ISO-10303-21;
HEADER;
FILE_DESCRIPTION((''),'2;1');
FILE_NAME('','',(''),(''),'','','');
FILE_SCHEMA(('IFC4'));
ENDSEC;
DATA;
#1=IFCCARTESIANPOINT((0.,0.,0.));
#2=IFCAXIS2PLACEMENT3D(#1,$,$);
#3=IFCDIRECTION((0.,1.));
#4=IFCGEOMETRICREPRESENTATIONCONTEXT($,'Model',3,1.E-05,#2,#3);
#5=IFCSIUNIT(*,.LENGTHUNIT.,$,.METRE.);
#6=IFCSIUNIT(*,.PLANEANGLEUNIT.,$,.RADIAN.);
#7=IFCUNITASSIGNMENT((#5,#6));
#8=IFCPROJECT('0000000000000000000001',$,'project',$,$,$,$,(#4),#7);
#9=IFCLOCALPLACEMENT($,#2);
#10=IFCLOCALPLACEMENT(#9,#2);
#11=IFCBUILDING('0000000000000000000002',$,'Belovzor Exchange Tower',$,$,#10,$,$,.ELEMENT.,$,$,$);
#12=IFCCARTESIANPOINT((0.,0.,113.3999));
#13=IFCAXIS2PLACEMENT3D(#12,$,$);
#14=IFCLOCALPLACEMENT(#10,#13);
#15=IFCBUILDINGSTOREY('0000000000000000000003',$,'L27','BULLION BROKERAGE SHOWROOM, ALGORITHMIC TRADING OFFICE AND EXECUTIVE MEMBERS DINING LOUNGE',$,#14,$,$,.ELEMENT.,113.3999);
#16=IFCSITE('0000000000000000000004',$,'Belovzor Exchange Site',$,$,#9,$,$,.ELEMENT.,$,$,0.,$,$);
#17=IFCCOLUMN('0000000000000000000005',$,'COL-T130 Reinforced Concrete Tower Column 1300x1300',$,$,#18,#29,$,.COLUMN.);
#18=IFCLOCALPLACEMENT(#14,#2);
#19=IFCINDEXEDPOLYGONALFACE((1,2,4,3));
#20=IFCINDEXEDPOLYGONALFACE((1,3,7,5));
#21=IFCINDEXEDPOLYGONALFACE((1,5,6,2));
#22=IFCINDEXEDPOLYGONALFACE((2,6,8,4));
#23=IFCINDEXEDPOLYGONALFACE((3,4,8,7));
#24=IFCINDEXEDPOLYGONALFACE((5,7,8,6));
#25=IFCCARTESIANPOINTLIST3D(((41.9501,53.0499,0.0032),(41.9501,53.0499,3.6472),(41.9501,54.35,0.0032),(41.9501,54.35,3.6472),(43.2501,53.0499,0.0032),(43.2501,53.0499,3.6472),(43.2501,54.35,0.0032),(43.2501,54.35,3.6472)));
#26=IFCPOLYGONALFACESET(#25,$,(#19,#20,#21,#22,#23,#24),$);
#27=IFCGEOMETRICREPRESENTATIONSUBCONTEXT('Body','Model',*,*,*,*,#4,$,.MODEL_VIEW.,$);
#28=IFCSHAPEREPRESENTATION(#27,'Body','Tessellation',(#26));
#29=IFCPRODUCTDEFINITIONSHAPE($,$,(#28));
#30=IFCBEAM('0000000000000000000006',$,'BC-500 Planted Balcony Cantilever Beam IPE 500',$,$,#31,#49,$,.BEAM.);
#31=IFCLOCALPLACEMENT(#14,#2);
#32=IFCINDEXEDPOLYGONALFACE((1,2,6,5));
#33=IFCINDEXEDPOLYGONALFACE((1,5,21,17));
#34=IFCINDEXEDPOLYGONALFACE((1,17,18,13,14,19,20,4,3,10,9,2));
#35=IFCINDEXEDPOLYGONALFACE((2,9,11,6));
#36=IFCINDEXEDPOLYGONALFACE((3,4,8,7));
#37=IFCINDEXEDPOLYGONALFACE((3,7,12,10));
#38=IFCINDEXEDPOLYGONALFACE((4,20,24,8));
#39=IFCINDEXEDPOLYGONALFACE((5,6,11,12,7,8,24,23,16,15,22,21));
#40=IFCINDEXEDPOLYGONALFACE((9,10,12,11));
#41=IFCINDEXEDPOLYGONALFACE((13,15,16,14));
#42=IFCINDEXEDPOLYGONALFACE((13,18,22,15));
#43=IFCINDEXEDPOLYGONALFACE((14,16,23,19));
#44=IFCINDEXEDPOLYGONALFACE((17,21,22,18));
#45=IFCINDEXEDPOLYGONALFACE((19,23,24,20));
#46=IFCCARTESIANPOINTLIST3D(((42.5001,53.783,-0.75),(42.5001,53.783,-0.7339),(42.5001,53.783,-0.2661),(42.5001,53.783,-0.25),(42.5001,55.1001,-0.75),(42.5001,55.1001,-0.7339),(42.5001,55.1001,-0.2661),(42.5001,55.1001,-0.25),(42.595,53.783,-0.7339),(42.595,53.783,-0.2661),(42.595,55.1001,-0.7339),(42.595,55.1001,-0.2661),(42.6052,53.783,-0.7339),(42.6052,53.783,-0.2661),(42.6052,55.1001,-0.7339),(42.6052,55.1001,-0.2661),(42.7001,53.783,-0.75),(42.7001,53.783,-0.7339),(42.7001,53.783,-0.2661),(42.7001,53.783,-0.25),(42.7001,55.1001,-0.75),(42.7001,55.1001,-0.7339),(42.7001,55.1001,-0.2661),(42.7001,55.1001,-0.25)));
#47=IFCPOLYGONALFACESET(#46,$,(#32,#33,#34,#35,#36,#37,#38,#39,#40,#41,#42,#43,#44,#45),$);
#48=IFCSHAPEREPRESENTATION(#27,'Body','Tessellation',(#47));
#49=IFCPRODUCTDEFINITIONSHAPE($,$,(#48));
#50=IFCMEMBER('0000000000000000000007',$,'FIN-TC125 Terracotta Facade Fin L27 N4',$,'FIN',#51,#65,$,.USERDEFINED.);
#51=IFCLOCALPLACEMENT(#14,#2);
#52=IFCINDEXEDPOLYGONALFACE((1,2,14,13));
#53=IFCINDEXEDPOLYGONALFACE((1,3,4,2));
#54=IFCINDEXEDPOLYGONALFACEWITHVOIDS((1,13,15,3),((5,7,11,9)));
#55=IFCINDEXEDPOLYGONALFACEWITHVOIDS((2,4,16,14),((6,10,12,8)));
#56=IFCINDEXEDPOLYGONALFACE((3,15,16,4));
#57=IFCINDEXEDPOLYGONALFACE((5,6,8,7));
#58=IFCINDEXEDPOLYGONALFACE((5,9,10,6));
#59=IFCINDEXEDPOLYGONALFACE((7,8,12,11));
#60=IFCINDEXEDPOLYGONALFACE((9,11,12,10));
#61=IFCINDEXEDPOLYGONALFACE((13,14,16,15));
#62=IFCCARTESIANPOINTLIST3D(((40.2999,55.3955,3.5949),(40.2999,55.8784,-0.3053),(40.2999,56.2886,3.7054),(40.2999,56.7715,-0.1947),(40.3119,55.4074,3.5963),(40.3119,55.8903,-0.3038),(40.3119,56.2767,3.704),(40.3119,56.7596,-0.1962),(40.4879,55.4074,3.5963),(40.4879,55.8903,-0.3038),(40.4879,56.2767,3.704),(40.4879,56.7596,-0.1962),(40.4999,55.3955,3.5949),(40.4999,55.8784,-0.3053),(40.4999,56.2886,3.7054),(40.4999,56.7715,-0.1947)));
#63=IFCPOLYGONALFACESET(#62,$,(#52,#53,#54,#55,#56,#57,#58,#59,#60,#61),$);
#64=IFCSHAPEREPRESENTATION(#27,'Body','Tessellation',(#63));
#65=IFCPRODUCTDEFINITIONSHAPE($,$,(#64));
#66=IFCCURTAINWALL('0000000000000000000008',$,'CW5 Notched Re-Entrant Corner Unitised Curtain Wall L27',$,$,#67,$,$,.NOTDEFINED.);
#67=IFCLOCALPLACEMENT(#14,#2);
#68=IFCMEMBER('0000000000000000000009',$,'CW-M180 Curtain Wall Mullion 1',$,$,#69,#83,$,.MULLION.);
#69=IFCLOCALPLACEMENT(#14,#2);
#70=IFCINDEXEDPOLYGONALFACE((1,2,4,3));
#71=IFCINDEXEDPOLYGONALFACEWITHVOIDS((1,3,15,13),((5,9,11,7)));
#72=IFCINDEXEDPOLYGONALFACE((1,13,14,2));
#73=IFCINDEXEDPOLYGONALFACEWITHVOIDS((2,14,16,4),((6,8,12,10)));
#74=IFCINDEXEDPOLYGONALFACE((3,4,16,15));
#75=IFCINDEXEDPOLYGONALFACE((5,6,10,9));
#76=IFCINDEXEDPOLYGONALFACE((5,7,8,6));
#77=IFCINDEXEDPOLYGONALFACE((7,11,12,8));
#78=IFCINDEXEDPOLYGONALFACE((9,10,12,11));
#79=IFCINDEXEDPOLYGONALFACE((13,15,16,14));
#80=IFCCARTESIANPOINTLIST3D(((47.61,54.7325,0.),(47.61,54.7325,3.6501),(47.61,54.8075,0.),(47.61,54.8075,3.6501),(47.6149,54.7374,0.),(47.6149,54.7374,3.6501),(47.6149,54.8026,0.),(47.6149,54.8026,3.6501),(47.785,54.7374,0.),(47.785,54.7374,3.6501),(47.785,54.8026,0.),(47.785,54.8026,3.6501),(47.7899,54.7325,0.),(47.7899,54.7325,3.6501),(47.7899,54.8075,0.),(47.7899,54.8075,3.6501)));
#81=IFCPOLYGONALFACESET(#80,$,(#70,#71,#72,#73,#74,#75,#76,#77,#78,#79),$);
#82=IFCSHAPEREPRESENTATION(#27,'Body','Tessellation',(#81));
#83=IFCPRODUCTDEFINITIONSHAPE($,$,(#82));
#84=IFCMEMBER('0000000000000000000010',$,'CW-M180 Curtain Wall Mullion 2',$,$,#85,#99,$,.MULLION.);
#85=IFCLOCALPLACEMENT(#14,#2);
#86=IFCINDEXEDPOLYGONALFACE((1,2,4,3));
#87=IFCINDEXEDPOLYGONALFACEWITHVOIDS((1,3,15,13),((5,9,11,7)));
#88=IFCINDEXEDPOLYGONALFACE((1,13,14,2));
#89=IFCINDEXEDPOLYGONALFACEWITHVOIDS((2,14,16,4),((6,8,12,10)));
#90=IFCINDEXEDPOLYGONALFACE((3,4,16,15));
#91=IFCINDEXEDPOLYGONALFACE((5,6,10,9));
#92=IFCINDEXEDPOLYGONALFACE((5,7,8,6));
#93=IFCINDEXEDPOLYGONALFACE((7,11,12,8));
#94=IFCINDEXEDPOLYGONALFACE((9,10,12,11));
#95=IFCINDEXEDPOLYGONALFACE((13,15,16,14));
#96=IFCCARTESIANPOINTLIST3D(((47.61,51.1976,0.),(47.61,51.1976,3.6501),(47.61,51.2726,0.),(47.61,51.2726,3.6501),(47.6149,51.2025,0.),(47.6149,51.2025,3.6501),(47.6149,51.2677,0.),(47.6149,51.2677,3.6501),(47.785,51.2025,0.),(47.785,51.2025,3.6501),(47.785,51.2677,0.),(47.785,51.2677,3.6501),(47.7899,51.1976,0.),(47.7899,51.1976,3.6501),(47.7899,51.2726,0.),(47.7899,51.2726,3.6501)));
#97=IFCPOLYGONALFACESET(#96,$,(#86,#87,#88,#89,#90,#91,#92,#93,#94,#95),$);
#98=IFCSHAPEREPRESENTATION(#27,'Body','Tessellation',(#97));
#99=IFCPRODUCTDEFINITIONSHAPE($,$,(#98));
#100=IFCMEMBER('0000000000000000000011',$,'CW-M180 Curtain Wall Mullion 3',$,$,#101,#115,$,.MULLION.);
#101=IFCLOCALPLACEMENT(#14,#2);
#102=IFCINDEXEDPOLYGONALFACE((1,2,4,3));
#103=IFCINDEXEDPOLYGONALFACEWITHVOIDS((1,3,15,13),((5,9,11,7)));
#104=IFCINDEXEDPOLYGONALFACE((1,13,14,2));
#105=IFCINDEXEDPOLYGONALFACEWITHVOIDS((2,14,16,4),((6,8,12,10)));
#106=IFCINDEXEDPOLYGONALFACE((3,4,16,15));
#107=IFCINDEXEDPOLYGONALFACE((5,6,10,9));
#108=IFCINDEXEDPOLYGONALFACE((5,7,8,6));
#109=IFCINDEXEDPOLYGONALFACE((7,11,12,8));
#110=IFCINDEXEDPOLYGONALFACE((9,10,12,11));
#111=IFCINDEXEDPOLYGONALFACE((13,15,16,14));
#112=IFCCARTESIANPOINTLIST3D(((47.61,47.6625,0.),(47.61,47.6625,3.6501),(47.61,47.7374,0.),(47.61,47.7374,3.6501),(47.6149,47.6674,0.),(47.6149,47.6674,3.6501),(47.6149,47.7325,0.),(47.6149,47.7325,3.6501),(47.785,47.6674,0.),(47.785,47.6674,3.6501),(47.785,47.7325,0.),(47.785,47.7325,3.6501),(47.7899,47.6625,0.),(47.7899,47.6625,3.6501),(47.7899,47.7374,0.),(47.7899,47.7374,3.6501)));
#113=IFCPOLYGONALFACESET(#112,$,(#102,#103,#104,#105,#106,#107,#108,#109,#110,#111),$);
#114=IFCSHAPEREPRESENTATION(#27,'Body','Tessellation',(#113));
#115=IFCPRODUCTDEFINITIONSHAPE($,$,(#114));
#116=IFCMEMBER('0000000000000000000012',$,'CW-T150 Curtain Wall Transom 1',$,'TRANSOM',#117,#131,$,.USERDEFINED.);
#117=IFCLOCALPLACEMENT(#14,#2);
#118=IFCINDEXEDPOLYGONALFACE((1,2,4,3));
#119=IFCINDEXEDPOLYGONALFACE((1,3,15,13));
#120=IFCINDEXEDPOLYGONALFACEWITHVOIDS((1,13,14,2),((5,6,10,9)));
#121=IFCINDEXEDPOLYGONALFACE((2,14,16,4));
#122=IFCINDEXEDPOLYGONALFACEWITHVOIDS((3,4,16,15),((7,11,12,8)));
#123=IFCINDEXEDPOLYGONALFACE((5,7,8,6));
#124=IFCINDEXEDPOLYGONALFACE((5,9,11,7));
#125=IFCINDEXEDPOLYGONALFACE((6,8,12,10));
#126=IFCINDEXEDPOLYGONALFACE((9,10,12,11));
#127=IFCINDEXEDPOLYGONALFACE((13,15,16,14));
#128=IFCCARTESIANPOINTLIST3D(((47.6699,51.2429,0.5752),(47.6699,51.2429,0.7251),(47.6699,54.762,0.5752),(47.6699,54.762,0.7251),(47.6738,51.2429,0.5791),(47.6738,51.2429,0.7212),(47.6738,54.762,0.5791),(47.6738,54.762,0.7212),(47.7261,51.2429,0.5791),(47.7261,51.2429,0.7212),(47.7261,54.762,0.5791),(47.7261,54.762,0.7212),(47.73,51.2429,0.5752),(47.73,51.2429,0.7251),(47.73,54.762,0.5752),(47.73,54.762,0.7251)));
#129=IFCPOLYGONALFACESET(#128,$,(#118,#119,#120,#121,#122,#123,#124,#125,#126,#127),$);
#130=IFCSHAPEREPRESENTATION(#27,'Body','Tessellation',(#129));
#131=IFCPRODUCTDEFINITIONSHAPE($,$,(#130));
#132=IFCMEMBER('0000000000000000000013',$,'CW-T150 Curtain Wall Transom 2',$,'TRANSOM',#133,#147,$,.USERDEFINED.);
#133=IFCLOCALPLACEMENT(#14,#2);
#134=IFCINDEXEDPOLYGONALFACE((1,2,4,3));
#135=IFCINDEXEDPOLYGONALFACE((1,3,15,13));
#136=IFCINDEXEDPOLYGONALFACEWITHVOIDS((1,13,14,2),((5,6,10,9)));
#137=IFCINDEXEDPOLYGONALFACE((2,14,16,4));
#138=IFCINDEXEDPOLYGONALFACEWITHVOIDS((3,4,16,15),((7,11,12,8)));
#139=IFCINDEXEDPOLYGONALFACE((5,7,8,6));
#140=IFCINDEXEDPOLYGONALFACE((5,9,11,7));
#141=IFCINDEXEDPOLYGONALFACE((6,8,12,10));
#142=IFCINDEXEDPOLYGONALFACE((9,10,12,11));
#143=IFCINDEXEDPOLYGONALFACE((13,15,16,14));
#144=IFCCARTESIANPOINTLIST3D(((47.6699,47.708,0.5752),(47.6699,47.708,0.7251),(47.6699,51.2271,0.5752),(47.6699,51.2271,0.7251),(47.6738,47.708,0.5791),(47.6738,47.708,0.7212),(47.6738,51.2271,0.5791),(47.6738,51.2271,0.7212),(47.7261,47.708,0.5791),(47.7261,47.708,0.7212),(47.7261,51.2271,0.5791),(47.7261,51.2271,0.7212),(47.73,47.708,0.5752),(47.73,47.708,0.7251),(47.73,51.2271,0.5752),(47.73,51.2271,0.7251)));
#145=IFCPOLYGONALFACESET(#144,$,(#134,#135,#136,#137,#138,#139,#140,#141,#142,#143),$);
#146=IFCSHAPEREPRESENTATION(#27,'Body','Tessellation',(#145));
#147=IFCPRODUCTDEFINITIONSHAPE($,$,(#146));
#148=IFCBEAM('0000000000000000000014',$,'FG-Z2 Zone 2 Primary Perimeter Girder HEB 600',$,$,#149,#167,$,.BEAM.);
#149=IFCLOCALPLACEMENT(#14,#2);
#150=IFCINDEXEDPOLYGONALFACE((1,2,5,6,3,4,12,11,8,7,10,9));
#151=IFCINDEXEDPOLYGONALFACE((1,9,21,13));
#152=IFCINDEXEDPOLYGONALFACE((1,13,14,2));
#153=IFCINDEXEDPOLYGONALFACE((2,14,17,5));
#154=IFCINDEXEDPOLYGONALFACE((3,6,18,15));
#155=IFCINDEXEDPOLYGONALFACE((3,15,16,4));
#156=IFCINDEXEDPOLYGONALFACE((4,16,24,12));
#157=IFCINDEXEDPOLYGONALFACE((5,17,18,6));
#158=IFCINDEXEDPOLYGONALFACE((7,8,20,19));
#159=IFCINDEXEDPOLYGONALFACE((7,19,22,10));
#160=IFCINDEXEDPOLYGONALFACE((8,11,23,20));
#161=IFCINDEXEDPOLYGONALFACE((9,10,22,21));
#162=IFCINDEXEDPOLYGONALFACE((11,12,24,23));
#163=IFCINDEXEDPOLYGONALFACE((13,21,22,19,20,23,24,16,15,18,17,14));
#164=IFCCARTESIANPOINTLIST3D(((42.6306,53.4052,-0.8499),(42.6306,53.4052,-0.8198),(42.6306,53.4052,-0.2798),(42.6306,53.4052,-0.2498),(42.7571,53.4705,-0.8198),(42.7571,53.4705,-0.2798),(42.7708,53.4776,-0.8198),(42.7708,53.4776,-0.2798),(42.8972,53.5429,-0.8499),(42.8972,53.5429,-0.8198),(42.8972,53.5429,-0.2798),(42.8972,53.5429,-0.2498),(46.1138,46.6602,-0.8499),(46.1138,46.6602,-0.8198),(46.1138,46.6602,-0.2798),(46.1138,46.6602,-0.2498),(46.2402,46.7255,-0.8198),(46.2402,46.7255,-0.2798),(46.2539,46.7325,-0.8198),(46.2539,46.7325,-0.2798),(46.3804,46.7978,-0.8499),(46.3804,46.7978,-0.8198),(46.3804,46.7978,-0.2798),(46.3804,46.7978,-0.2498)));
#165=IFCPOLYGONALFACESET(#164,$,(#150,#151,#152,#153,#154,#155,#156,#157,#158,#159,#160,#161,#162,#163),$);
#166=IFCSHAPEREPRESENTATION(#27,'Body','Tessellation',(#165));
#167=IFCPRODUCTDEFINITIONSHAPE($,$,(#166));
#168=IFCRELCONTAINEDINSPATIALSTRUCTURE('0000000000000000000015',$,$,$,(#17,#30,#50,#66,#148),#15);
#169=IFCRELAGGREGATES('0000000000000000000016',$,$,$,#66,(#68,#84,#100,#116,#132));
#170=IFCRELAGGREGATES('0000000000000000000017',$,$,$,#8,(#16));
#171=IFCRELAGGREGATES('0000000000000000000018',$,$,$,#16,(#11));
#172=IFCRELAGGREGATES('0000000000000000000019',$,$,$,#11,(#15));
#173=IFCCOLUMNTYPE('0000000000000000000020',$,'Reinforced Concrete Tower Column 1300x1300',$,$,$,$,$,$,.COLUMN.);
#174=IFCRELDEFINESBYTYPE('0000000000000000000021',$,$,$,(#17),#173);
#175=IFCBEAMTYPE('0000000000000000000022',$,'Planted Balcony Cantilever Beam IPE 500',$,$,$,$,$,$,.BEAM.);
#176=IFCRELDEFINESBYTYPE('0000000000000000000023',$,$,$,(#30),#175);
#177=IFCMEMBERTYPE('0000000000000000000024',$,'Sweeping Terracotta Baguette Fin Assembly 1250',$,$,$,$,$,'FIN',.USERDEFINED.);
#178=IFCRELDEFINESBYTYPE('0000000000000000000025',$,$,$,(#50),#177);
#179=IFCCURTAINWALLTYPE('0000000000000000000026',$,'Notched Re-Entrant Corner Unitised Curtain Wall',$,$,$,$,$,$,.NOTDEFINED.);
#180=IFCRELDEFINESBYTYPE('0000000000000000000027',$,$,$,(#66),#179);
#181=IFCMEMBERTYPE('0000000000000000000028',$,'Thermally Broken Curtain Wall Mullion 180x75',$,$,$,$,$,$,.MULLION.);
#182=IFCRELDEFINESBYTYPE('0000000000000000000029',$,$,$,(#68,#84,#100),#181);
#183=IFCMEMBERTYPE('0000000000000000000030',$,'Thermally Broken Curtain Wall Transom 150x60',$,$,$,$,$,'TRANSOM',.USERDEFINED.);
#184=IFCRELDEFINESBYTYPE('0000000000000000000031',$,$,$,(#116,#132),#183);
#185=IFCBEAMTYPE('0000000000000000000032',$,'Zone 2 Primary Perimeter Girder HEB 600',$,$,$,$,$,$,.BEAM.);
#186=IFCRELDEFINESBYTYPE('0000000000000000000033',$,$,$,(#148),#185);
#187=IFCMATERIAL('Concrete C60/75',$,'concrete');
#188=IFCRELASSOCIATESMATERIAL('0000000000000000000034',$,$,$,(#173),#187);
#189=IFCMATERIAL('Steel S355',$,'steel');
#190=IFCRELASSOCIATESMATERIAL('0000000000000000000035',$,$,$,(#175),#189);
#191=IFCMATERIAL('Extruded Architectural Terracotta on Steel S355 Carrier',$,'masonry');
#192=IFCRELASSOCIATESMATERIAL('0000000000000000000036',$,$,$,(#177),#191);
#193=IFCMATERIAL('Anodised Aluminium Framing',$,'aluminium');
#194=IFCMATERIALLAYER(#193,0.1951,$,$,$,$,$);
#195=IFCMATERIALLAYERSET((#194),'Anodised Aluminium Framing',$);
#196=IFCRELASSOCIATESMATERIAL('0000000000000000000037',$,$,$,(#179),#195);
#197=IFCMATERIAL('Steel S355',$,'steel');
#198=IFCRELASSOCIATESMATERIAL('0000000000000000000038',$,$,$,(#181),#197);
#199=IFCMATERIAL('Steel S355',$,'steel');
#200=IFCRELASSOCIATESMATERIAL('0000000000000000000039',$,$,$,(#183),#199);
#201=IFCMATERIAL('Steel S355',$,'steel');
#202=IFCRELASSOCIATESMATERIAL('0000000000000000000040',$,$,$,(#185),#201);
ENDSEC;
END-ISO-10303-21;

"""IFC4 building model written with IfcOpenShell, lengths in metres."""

from ifc_helpers import new_model, si_unit, direction, frame, origin, origin_2d, place, context, subcontext, project, spatial, rectangle, hollow_rectangle, i_section, extrude, material, layer, layer_set, material_profile, profile_set, type_object, element, aggregate, save


model = new_model("IFC4")

# Units and contexts
model_context = context("Model", 3, precision=1e-05, world=origin(), true_north=direction((0.0, 1.0)))
body_context = subcontext(model_context, "Body", "Model", "MODEL_VIEW")
ifc_project = project(units=[si_unit("LENGTHUNIT", "METRE"), si_unit("PLANEANGLEUNIT", "RADIAN")], contexts=[model_context])

# Site, building, storey
site_placement = place(None, origin())
site = spatial("IfcSite", under=ifc_project, at=site_placement, Name="Belovzor Exchange Site", CompositionType="ELEMENT", RefElevation=0.0)
building_placement = place(site_placement, origin())
building = spatial("IfcBuilding", under=site, at=building_placement, Name="Belovzor Exchange Tower", CompositionType="ELEMENT")
storey_placement = place(building_placement, frame((0.0, 0.0, 113.3999)))
storey = spatial("IfcBuildingStorey", under=building, at=storey_placement, Name="L27", Description="BULLION BROKERAGE SHOWROOM, ALGORITHMIC TRADING OFFICE AND EXECUTIVE MEMBERS DINING LOUNGE", CompositionType="ELEMENT", Elevation=113.3999)

# Column
ifc_material_1 = material(Name="Concrete C60/75", Category="concrete")
ifc_material_profile_1 = material_profile(ifc_material_1, rectangle(XDim=1.3, YDim=1.3, at=origin_2d()))
ifc_profile_set_1 = profile_set([ifc_material_profile_1], Name="Concrete C60/75")
column_type = type_object("IfcColumnType", Name="Reinforced Concrete Tower Column 1300x1300", PredefinedType="COLUMN", material=ifc_profile_set_1)
column_placement = place(storey_placement, frame((42.6001, 53.7, 0.0032), z_axis=(0.0, 0.0, 1.0), x_axis=(1.0, 0.0, 0.0)))
element("IfcColumn", 1, at=column_placement, inside=storey, type_object=column_type, Name="COL-T130 Reinforced Concrete Tower Column 1300x1300", PredefinedType="COLUMN", context=body_context, shape_type="SweptSolid", body=[
    extrude(rectangle(XDim=1.3, YDim=1.3, at=origin_2d()), origin(), (0.0, 0.0, 1.0), 3.644),
])

# Beam
ifc_material_2 = material(Name="Steel S355", Category="steel")
ifc_material_profile_2 = material_profile(ifc_material_2, i_section(OverallWidth=0.2, OverallDepth=0.5, WebThickness=0.0103, FlangeThickness=0.0161, at=origin_2d()))
ifc_profile_set_2 = profile_set([ifc_material_profile_2], Name="Steel S355")
beam_type_1 = type_object("IfcBeamType", Name="Planted Balcony Cantilever Beam IPE 500", PredefinedType="BEAM", material=ifc_profile_set_2)
beam_1_placement = place(storey_placement, frame((42.6001, 53.783, -0.5), z_axis=(0.0, 1.0, 0.0), x_axis=(-1.0, 0.0, 0.0)))
element("IfcBeam", 2, at=beam_1_placement, inside=storey, type_object=beam_type_1, Name="BC-500 Planted Balcony Cantilever Beam IPE 500", PredefinedType="BEAM", context=body_context, shape_type="SweptSolid", body=[
    extrude(i_section(OverallWidth=0.2, OverallDepth=0.5, WebThickness=0.0103, FlangeThickness=0.0161, at=origin_2d()), origin(), (0.0, 0.0, 1.0), 1.3171),
])

# Member
ifc_material_3 = material(Name="Extruded Architectural Terracotta on Steel S355 Carrier", Category="masonry")
ifc_material_profile_3 = material_profile(ifc_material_3, hollow_rectangle(XDim=0.2, YDim=0.8999, WallThickness=0.012, at=origin_2d()))
ifc_profile_set_3 = profile_set([ifc_material_profile_3], Name="Extruded Architectural Terracotta on Steel S355 Carrier")
member_type_1 = type_object("IfcMemberType", Name="Sweeping Terracotta Baguette Fin Assembly 1250", ElementType="FIN", PredefinedType="USERDEFINED", material=ifc_profile_set_3)
member_1_placement = place(storey_placement, frame((40.3999, 56.325, -0.25), z_axis=(0.0, -0.12288, 0.992422), x_axis=(1.0, 0.0, 0.0)))
element("IfcMember", 3, at=member_1_placement, inside=storey, type_object=member_type_1, Name="FIN-TC125 Terracotta Facade Fin L27 N4", ObjectType="FIN", PredefinedType="USERDEFINED", context=body_context, shape_type="SweptSolid", body=[
    extrude(hollow_rectangle(XDim=0.2, YDim=0.8999, WallThickness=0.012, at=origin_2d()), origin(), (0.0, 0.0, 1.0), 3.9299),
])

# Curtain wall, members
ifc_material_4 = material(Name="Anodised Aluminium Framing", Category="aluminium")
ifc_layer_1 = layer(ifc_material_4, 0.1951)
ifc_layer_set_1 = layer_set([ifc_layer_1], Name="Anodised Aluminium Framing")
curtain_wall_type = type_object("IfcCurtainWallType", Name="Notched Re-Entrant Corner Unitised Curtain Wall", PredefinedType="NOTDEFINED", material=ifc_layer_set_1)
curtain_wall_placement = place(storey_placement, origin())
curtain_wall = element("IfcCurtainWall", 4, at=curtain_wall_placement, inside=storey, type_object=curtain_wall_type, Name="CW5 Notched Re-Entrant Corner Unitised Curtain Wall L27", PredefinedType="NOTDEFINED")
ifc_material_5 = material(Name="Steel S355", Category="steel")
ifc_material_profile_4 = material_profile(ifc_material_5, hollow_rectangle(XDim=0.075, YDim=0.1799, WallThickness=0.0049, at=origin_2d()))
ifc_profile_set_4 = profile_set([ifc_material_profile_4], Name="Steel S355")
member_type_2 = type_object("IfcMemberType", Name="Thermally Broken Curtain Wall Mullion 180x75", PredefinedType="MULLION", material=ifc_profile_set_4)
member_2_placement = place(storey_placement, frame((47.7, 54.77, 0.0), z_axis=(0.0, 0.0, 1.0), x_axis=(0.0, -1.0, 0.0)))
member_2 = element("IfcMember", 5, at=member_2_placement, type_object=member_type_2, Name="CW-M180 Curtain Wall Mullion 1", PredefinedType="MULLION", context=body_context, shape_type="SweptSolid", body=[
    extrude(hollow_rectangle(XDim=0.075, YDim=0.1799, WallThickness=0.0049, at=origin_2d()), origin(), (0.0, 0.0, 1.0), 3.6501),
])
member_3_placement = place(storey_placement, frame((47.7, 51.2351, 0.0), z_axis=(0.0, 0.0, 1.0), x_axis=(0.0, -1.0, 0.0)))
member_3 = element("IfcMember", 6, at=member_3_placement, type_object=member_type_2, Name="CW-M180 Curtain Wall Mullion 2", PredefinedType="MULLION", context=body_context, shape_type="SweptSolid", body=[
    extrude(hollow_rectangle(XDim=0.075, YDim=0.1799, WallThickness=0.0049, at=origin_2d()), origin(), (0.0, 0.0, 1.0), 3.6501),
])
member_4_placement = place(storey_placement, frame((47.7, 47.7, 0.0), z_axis=(0.0, 0.0, 1.0), x_axis=(0.0, -1.0, 0.0)))
member_4 = element("IfcMember", 7, at=member_4_placement, type_object=member_type_2, Name="CW-M180 Curtain Wall Mullion 3", PredefinedType="MULLION", context=body_context, shape_type="SweptSolid", body=[
    extrude(hollow_rectangle(XDim=0.075, YDim=0.1799, WallThickness=0.0049, at=origin_2d()), origin(), (0.0, 0.0, 1.0), 3.6501),
])
ifc_material_6 = material(Name="Steel S355", Category="steel")
ifc_material_profile_5 = material_profile(ifc_material_6, hollow_rectangle(XDim=0.0601, YDim=0.1499, WallThickness=0.0039, at=origin_2d()))
ifc_profile_set_5 = profile_set([ifc_material_profile_5], Name="Steel S355")
member_type_3 = type_object("IfcMemberType", Name="Thermally Broken Curtain Wall Transom 150x60", ElementType="TRANSOM", PredefinedType="USERDEFINED", material=ifc_profile_set_5)
member_5_placement = place(storey_placement, frame((47.7, 54.762, 0.6501), z_axis=(0.0, -1.0, 0.0), x_axis=(1.0, 0.0, 0.0)))
member_5 = element("IfcMember", 8, at=member_5_placement, type_object=member_type_3, Name="CW-T150 Curtain Wall Transom 1", ObjectType="TRANSOM", PredefinedType="USERDEFINED", context=body_context, shape_type="SweptSolid", body=[
    extrude(hollow_rectangle(XDim=0.0601, YDim=0.1499, WallThickness=0.0039, at=origin_2d()), origin(), (0.0, 0.0, 1.0), 3.519),
])
member_6_placement = place(storey_placement, frame((47.7, 51.2271, 0.6501), z_axis=(0.0, -1.0, 0.0), x_axis=(1.0, 0.0, 0.0)))
member_6 = element("IfcMember", 9, at=member_6_placement, type_object=member_type_3, Name="CW-T150 Curtain Wall Transom 2", ObjectType="TRANSOM", PredefinedType="USERDEFINED", context=body_context, shape_type="SweptSolid", body=[
    extrude(hollow_rectangle(XDim=0.0601, YDim=0.1499, WallThickness=0.0039, at=origin_2d()), origin(), (0.0, 0.0, 1.0), 3.519),
])

# Beam
ifc_material_7 = material(Name="Steel S355", Category="steel")
ifc_material_profile_6 = material_profile(ifc_material_7, i_section(OverallWidth=0.3, OverallDepth=0.6001, WebThickness=0.0154, FlangeThickness=0.03, at=origin_2d()))
ifc_profile_set_6 = profile_set([ifc_material_profile_6], Name="Steel S355")
beam_type_2 = type_object("IfcBeamType", Name="Zone 2 Primary Perimeter Girder HEB 600", PredefinedType="BEAM", material=ifc_profile_set_6)
beam_2_placement = place(storey_placement, frame((46.2471, 46.729, -0.5498), z_axis=(-0.458831, 0.888524, 0.0), x_axis=(-0.888524, -0.458831, 0.0)))
element("IfcBeam", 10, at=beam_2_placement, inside=storey, type_object=beam_type_2, Name="FG-Z2 Zone 2 Primary Perimeter Girder HEB 600", PredefinedType="BEAM", context=body_context, shape_type="SweptSolid", body=[
    extrude(i_section(OverallWidth=0.3, OverallDepth=0.6001, WebThickness=0.0154, FlangeThickness=0.03, at=origin_2d()), origin(), (0.0, 0.0, 1.0), 7.5913),
])

aggregate(curtain_wall, [member_2, member_3, member_4, member_5, member_6])

save(model, "model.ifc")
